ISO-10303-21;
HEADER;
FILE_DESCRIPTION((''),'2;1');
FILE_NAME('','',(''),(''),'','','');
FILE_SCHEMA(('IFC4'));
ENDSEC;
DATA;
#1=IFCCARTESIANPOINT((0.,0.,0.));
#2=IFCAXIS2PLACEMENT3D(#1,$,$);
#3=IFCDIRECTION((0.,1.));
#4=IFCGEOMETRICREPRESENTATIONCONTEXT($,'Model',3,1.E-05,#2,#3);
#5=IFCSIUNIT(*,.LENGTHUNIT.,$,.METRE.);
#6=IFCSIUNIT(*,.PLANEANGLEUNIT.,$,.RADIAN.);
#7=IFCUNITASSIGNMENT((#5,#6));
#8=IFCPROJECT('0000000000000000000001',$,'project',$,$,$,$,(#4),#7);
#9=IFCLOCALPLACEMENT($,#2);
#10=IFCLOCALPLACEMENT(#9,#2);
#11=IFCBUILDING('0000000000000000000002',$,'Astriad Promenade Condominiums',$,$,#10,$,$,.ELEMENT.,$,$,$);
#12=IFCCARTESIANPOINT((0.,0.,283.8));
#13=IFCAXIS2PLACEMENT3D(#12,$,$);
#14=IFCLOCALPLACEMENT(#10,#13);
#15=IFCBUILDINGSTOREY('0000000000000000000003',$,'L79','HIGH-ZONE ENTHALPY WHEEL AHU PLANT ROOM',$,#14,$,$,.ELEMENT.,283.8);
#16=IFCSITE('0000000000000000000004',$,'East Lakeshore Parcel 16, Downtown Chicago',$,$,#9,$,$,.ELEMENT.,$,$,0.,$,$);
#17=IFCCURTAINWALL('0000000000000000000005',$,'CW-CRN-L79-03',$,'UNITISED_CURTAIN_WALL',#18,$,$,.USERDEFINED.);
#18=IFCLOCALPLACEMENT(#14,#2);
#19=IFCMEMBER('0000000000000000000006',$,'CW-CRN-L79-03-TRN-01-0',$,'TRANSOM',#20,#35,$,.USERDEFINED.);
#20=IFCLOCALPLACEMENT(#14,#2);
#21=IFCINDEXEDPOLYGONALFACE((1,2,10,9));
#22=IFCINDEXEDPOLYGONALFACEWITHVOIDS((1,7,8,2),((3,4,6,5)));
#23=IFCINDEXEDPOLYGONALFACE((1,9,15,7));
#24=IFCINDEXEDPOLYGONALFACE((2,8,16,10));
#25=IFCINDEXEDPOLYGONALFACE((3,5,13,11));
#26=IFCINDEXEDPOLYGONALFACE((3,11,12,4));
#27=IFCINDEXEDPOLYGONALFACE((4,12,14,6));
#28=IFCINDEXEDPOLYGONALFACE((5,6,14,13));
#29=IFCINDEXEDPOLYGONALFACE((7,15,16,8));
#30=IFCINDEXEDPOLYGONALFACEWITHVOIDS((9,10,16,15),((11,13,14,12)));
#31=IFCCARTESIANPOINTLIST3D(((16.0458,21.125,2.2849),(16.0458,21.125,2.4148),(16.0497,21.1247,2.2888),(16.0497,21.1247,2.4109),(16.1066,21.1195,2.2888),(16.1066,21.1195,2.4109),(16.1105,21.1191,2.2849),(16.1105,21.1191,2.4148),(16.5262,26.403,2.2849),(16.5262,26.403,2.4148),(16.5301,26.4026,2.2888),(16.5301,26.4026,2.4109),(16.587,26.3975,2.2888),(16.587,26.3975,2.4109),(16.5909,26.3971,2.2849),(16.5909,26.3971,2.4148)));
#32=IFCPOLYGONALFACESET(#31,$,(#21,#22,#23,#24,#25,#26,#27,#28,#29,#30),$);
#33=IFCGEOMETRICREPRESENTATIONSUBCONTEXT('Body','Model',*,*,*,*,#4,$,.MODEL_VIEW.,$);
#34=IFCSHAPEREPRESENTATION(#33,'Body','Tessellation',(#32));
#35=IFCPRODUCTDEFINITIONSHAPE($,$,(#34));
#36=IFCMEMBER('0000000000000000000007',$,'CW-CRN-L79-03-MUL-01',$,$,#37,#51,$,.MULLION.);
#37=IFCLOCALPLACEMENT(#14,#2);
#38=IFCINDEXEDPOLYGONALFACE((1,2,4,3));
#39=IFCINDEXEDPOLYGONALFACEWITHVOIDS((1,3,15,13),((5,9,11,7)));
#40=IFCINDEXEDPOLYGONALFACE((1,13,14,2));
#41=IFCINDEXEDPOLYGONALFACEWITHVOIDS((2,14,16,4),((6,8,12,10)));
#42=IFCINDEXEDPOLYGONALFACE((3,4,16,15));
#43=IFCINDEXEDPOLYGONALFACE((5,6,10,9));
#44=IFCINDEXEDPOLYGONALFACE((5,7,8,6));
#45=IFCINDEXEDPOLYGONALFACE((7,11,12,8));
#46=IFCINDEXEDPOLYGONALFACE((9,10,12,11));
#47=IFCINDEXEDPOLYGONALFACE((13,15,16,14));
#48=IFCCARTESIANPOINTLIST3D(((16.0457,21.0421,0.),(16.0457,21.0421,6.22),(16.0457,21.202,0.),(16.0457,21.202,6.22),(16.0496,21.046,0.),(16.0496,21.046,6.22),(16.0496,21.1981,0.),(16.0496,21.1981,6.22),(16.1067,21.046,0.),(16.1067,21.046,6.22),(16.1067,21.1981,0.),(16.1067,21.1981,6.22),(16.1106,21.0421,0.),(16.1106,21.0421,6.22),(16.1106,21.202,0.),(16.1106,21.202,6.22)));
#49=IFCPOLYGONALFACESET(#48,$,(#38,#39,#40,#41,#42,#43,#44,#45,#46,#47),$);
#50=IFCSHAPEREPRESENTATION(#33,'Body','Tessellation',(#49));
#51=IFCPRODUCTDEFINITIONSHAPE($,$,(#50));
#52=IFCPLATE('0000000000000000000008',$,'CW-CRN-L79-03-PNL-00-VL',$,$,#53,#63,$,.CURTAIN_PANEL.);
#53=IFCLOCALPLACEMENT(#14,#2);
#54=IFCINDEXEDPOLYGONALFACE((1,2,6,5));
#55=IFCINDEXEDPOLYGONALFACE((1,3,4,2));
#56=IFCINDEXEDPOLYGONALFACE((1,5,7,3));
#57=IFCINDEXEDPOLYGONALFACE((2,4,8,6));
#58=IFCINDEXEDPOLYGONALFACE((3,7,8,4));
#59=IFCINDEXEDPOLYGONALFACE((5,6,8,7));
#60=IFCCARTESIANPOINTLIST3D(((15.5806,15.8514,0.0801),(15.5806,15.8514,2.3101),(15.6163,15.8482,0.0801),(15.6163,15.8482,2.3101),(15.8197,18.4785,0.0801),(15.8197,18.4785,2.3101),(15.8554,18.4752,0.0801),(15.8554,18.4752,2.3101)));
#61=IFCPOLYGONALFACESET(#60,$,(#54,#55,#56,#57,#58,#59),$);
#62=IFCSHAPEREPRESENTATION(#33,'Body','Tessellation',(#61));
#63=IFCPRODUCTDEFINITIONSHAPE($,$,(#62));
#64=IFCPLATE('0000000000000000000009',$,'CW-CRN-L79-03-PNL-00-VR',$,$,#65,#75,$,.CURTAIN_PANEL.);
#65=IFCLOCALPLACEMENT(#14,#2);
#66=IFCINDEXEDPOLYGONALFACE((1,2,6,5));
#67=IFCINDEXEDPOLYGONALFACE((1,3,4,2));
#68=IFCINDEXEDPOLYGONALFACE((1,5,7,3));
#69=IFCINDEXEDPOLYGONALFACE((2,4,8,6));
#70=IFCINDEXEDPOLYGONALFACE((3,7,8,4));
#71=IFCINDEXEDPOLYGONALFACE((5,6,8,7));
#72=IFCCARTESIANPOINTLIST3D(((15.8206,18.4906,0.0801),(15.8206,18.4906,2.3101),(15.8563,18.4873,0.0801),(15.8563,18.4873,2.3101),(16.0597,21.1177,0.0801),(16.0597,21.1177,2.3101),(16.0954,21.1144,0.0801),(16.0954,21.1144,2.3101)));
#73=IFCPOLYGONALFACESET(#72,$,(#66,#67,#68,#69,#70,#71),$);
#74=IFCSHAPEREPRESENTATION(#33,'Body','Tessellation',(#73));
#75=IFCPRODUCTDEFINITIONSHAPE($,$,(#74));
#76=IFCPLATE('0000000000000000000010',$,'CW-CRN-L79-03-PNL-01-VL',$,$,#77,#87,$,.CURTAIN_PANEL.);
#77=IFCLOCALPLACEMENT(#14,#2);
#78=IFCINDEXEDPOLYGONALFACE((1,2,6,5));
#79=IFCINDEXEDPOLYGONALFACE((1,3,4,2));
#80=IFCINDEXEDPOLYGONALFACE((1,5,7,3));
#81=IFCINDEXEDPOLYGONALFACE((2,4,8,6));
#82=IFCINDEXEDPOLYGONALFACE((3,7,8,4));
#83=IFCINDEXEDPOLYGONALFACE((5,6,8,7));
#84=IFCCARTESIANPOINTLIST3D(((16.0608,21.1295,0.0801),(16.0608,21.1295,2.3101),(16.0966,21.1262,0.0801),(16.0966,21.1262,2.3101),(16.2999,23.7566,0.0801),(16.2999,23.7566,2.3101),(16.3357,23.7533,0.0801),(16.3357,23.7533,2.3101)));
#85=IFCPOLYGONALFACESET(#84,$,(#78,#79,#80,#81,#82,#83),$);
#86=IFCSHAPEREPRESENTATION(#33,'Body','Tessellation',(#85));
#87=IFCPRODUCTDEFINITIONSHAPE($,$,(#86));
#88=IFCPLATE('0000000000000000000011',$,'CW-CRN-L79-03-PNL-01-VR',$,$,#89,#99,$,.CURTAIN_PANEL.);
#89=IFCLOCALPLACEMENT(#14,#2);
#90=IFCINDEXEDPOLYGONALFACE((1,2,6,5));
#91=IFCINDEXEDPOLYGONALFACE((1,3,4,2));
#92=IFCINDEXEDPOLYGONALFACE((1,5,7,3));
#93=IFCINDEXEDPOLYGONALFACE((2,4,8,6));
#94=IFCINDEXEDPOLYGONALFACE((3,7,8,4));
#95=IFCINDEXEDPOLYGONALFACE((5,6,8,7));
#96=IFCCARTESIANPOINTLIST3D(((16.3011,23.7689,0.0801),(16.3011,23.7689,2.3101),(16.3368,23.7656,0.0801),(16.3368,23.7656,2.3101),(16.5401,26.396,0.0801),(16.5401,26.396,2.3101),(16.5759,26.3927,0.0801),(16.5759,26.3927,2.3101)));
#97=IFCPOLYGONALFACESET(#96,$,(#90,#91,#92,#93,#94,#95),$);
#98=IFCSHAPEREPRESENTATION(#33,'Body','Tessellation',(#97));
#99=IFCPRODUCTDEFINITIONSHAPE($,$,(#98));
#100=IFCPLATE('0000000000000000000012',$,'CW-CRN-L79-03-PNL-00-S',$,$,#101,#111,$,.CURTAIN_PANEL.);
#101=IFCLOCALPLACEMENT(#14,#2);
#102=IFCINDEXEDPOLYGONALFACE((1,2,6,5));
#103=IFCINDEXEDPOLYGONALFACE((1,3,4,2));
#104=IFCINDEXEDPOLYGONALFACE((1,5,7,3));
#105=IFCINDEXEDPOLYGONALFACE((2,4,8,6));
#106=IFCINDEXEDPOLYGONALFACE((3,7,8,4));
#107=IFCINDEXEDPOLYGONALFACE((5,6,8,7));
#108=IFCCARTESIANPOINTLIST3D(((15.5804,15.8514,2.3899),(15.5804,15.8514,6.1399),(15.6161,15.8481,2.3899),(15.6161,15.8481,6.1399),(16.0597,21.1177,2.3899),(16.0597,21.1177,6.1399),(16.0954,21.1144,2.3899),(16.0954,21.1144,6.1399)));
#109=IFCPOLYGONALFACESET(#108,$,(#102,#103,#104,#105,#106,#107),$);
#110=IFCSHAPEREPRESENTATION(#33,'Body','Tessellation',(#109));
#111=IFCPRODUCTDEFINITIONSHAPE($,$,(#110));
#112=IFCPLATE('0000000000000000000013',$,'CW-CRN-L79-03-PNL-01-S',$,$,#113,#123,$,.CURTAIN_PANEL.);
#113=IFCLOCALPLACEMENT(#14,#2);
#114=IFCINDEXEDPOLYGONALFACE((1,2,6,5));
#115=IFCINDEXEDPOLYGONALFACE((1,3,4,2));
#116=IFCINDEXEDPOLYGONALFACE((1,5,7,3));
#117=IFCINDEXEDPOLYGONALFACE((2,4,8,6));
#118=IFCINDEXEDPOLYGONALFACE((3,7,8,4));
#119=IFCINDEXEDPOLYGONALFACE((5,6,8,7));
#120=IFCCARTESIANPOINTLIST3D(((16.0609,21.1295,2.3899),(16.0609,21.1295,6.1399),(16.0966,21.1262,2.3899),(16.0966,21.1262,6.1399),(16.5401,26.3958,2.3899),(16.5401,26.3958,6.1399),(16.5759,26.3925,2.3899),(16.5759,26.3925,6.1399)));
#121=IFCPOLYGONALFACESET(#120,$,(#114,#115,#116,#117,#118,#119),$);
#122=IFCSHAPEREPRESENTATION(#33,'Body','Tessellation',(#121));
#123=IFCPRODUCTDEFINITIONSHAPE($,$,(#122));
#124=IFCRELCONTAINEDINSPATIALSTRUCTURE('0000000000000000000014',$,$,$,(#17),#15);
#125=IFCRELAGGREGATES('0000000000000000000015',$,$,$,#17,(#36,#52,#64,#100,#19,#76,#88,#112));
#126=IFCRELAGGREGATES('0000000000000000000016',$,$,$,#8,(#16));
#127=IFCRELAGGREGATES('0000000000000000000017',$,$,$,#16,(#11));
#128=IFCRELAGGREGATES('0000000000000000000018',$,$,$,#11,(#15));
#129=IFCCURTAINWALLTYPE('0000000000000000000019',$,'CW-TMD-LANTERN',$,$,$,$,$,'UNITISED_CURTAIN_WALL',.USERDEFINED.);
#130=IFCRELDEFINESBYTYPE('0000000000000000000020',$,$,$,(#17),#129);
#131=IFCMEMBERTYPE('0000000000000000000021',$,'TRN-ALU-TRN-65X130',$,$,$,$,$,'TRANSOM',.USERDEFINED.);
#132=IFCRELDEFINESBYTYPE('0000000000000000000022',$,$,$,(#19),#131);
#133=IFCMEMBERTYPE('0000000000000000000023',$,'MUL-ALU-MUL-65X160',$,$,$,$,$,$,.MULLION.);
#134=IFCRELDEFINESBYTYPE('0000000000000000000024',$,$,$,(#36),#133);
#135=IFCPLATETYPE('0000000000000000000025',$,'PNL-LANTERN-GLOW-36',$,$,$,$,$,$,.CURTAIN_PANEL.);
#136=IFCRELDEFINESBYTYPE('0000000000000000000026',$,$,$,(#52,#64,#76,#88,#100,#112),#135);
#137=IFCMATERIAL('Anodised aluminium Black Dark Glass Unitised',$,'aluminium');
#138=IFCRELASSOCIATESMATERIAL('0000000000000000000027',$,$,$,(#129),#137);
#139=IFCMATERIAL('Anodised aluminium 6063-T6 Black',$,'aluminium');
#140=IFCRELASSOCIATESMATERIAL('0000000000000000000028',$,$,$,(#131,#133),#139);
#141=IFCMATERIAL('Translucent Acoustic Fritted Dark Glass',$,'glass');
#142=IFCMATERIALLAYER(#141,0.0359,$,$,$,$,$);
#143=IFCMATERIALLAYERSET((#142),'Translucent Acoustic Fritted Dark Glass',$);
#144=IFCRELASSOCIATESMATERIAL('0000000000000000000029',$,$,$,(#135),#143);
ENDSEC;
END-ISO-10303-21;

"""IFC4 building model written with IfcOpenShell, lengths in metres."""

from ifc_helpers import new_model, si_unit, direction, frame, origin, origin_2d, place, context, subcontext, project, spatial, rectangle, hollow_rectangle, extrude, source, transform, mapped, material, layer, layer_set, material_profile, profile_set, type_object, type_shapes, element, aggregate, save


model = new_model("IFC4")

# Units and contexts
model_context = context("Model", 3, precision=1e-05, world=origin(), true_north=direction((0.0, 1.0)))
body_context = subcontext(model_context, "Body", "Model", "MODEL_VIEW")
ifc_project = project(units=[si_unit("LENGTHUNIT", "METRE"), si_unit("PLANEANGLEUNIT", "RADIAN")], contexts=[model_context])

# Site, building, storey
site_placement = place(None, origin())
site = spatial("IfcSite", under=ifc_project, at=site_placement, Name="East Lakeshore Parcel 16, Downtown Chicago", CompositionType="ELEMENT", RefElevation=0.0)
building_placement = place(site_placement, origin())
building = spatial("IfcBuilding", under=site, at=building_placement, Name="Astriad Promenade Condominiums", CompositionType="ELEMENT")
storey_placement = place(building_placement, frame((0.0, 0.0, 283.8)))
storey = spatial("IfcBuildingStorey", under=building, at=storey_placement, Name="L79", Description="HIGH-ZONE ENTHALPY WHEEL AHU PLANT ROOM", CompositionType="ELEMENT", Elevation=283.8)

# Curtain wall, members, plates
ifc_material_1 = material(Name="Anodised aluminium Black Dark Glass Unitised", Category="aluminium")
curtain_wall_type = type_object("IfcCurtainWallType", Name="CW-TMD-LANTERN", ElementType="UNITISED_CURTAIN_WALL", PredefinedType="USERDEFINED", material=ifc_material_1)
curtain_wall_placement = place(storey_placement, origin())
curtain_wall = element("IfcCurtainWall", 1, at=curtain_wall_placement, inside=storey, type_object=curtain_wall_type, Name="CW-CRN-L79-03", ObjectType="UNITISED_CURTAIN_WALL", PredefinedType="USERDEFINED")
ifc_material_2 = material(Name="Anodised aluminium 6063-T6 Black", Category="aluminium")
ifc_material_profile_1 = material_profile(ifc_material_2, hollow_rectangle(XDim=0.0649, YDim=0.1299, WallThickness=0.0039, at=origin_2d()), Name="ALU-TRN-65X130")
ifc_profile_set_1 = profile_set([ifc_material_profile_1], Name="Anodised aluminium 6063-T6 Black")
member_type_1 = type_object("IfcMemberType", Name="TRN-ALU-TRN-65X130", ElementType="TRANSOM", PredefinedType="USERDEFINED", material=ifc_profile_set_1)
shared_shape_1 = source(origin(), body_context, "Body", "SweptSolid", [
    extrude(hollow_rectangle(XDim=0.0649, YDim=0.1299, WallThickness=0.0039, at=origin_2d()), origin(), (0.0, 0.0, 1.0), 5.2998),
])
type_shapes(member_type_1, [shared_shape_1])
member_1_placement = place(storey_placement, frame((16.0781, 21.1221, 2.3499), z_axis=(0.090656, 0.995882, 0.0), x_axis=(-0.995882, 0.090656, 0.0)))
member_1 = element("IfcMember", 2, at=member_1_placement, type_object=member_type_1, Name="CW-CRN-L79-03-TRN-01-0", ObjectType="TRANSOM", PredefinedType="USERDEFINED", context=body_context, shape_type="MappedRepresentation", body=[
    mapped(shared_shape_1, transform((0.0, 0.0, 0.0), scale=1.0)),
])
ifc_material_profile_2 = material_profile(ifc_material_2, hollow_rectangle(XDim=0.0649, YDim=0.1599, WallThickness=0.0039, at=origin_2d()), Name="ALU-MUL-65X160")
ifc_profile_set_2 = profile_set([ifc_material_profile_2], Name="Anodised aluminium 6063-T6 Black")
member_type_2 = type_object("IfcMemberType", Name="MUL-ALU-MUL-65X160", PredefinedType="MULLION", material=ifc_profile_set_2)
shared_shape_2 = source(origin(), body_context, "Body", "SweptSolid", [
    extrude(hollow_rectangle(XDim=0.0649, YDim=0.1599, WallThickness=0.0039, at=origin_2d()), origin(), (0.0, 0.0, 1.0), 6.22),
])
type_shapes(member_type_2, [shared_shape_2])
member_2_placement = place(storey_placement, frame((16.0781, 21.1221, 0.0), z_axis=(0.0, 0.0, 1.0), x_axis=(1.0, 0.0, 0.0)))
member_2 = element("IfcMember", 3, at=member_2_placement, type_object=member_type_2, Name="CW-CRN-L79-03-MUL-01", PredefinedType="MULLION", context=body_context, shape_type="MappedRepresentation", body=[
    mapped(shared_shape_2, transform((0.0, 0.0, 0.0), scale=1.0)),
])
ifc_material_3 = material(Name="Translucent Acoustic Fritted Dark Glass", Category="glass")
ifc_layer_1 = layer(ifc_material_3, 0.0359)
ifc_layer_set_1 = layer_set([ifc_layer_1], Name="Translucent Acoustic Fritted Dark Glass")
plate_type = type_object("IfcPlateType", Name="PNL-LANTERN-GLOW-36", PredefinedType="CURTAIN_PANEL", material=ifc_layer_set_1)
shared_shape_3 = source(origin(), body_context, "Body", "SweptSolid", [
    extrude(rectangle(XDim=2.6379, YDim=0.0359, at=origin_2d()), origin(), (0.0, 0.0, 1.0), 2.23),
])
plate_1_placement = place(storey_placement, frame((15.718, 17.1633, 0.0801), z_axis=(0.0, 0.0, 1.0), x_axis=(0.090633, 0.995884, 0.0)))
plate_1 = element("IfcPlate", 4, at=plate_1_placement, type_object=plate_type, Name="CW-CRN-L79-03-PNL-00-VL", PredefinedType="CURTAIN_PANEL", context=body_context, shape_type="MappedRepresentation", body=[
    mapped(shared_shape_3, transform((0.0, 0.0, 0.0), scale=1.0)),
])
plate_2_placement = place(storey_placement, frame((15.958, 19.8025, 0.0801), z_axis=(0.0, 0.0, 1.0), x_axis=(0.090633, 0.995884, 0.0)))
plate_2 = element("IfcPlate", 5, at=plate_2_placement, type_object=plate_type, Name="CW-CRN-L79-03-PNL-00-VR", PredefinedType="CURTAIN_PANEL", context=body_context, shape_type="MappedRepresentation", body=[
    mapped(shared_shape_3, transform((0.0, 0.0, 0.0), scale=1.0)),
])
plate_3_placement = place(storey_placement, frame((16.1982, 22.4414, 0.0801), z_axis=(0.0, 0.0, 1.0), x_axis=(0.090633, 0.995884, 0.0)))
plate_3 = element("IfcPlate", 6, at=plate_3_placement, type_object=plate_type, Name="CW-CRN-L79-03-PNL-01-VL", PredefinedType="CURTAIN_PANEL", context=body_context, shape_type="MappedRepresentation", body=[
    mapped(shared_shape_3, transform((0.0, 0.0, 0.0), scale=1.0)),
])
plate_4_placement = place(storey_placement, frame((16.4385, 25.0808, 0.0801), z_axis=(0.0, 0.0, 1.0), x_axis=(0.090633, 0.995884, 0.0)))
plate_4 = element("IfcPlate", 7, at=plate_4_placement, type_object=plate_type, Name="CW-CRN-L79-03-PNL-01-VR", PredefinedType="CURTAIN_PANEL", context=body_context, shape_type="MappedRepresentation", body=[
    mapped(shared_shape_3, transform((0.0, 0.0, 0.0), scale=1.0)),
])
shared_shape_4 = source(origin(), body_context, "Body", "SweptSolid", [
    extrude(rectangle(XDim=5.2881, YDim=0.0359, at=origin_2d()), origin(), (0.0, 0.0, 1.0), 3.75),
])
type_shapes(plate_type, [shared_shape_3, shared_shape_4])
plate_5_placement = place(storey_placement, frame((15.8379, 18.4829, 2.3899), z_axis=(0.0, 0.0, 1.0), x_axis=(0.090633, 0.995884, 0.0)))
plate_5 = element("IfcPlate", 8, at=plate_5_placement, type_object=plate_type, Name="CW-CRN-L79-03-PNL-00-S", PredefinedType="CURTAIN_PANEL", context=body_context, shape_type="MappedRepresentation", body=[
    mapped(shared_shape_4, transform((0.0, 0.0, 0.0), scale=1.0)),
])
plate_6_placement = place(storey_placement, frame((16.3184, 23.761, 2.3899), z_axis=(0.0, 0.0, 1.0), x_axis=(0.090633, 0.995884, 0.0)))
plate_6 = element("IfcPlate", 9, at=plate_6_placement, type_object=plate_type, Name="CW-CRN-L79-03-PNL-01-S", PredefinedType="CURTAIN_PANEL", context=body_context, shape_type="MappedRepresentation", body=[
    mapped(shared_shape_4, transform((0.0, 0.0, 0.0), scale=1.0)),
])
aggregate(curtain_wall, [member_2, plate_1, plate_2, plate_5, member_1, plate_3, plate_4, plate_6])

save(model, "model.ifc")
